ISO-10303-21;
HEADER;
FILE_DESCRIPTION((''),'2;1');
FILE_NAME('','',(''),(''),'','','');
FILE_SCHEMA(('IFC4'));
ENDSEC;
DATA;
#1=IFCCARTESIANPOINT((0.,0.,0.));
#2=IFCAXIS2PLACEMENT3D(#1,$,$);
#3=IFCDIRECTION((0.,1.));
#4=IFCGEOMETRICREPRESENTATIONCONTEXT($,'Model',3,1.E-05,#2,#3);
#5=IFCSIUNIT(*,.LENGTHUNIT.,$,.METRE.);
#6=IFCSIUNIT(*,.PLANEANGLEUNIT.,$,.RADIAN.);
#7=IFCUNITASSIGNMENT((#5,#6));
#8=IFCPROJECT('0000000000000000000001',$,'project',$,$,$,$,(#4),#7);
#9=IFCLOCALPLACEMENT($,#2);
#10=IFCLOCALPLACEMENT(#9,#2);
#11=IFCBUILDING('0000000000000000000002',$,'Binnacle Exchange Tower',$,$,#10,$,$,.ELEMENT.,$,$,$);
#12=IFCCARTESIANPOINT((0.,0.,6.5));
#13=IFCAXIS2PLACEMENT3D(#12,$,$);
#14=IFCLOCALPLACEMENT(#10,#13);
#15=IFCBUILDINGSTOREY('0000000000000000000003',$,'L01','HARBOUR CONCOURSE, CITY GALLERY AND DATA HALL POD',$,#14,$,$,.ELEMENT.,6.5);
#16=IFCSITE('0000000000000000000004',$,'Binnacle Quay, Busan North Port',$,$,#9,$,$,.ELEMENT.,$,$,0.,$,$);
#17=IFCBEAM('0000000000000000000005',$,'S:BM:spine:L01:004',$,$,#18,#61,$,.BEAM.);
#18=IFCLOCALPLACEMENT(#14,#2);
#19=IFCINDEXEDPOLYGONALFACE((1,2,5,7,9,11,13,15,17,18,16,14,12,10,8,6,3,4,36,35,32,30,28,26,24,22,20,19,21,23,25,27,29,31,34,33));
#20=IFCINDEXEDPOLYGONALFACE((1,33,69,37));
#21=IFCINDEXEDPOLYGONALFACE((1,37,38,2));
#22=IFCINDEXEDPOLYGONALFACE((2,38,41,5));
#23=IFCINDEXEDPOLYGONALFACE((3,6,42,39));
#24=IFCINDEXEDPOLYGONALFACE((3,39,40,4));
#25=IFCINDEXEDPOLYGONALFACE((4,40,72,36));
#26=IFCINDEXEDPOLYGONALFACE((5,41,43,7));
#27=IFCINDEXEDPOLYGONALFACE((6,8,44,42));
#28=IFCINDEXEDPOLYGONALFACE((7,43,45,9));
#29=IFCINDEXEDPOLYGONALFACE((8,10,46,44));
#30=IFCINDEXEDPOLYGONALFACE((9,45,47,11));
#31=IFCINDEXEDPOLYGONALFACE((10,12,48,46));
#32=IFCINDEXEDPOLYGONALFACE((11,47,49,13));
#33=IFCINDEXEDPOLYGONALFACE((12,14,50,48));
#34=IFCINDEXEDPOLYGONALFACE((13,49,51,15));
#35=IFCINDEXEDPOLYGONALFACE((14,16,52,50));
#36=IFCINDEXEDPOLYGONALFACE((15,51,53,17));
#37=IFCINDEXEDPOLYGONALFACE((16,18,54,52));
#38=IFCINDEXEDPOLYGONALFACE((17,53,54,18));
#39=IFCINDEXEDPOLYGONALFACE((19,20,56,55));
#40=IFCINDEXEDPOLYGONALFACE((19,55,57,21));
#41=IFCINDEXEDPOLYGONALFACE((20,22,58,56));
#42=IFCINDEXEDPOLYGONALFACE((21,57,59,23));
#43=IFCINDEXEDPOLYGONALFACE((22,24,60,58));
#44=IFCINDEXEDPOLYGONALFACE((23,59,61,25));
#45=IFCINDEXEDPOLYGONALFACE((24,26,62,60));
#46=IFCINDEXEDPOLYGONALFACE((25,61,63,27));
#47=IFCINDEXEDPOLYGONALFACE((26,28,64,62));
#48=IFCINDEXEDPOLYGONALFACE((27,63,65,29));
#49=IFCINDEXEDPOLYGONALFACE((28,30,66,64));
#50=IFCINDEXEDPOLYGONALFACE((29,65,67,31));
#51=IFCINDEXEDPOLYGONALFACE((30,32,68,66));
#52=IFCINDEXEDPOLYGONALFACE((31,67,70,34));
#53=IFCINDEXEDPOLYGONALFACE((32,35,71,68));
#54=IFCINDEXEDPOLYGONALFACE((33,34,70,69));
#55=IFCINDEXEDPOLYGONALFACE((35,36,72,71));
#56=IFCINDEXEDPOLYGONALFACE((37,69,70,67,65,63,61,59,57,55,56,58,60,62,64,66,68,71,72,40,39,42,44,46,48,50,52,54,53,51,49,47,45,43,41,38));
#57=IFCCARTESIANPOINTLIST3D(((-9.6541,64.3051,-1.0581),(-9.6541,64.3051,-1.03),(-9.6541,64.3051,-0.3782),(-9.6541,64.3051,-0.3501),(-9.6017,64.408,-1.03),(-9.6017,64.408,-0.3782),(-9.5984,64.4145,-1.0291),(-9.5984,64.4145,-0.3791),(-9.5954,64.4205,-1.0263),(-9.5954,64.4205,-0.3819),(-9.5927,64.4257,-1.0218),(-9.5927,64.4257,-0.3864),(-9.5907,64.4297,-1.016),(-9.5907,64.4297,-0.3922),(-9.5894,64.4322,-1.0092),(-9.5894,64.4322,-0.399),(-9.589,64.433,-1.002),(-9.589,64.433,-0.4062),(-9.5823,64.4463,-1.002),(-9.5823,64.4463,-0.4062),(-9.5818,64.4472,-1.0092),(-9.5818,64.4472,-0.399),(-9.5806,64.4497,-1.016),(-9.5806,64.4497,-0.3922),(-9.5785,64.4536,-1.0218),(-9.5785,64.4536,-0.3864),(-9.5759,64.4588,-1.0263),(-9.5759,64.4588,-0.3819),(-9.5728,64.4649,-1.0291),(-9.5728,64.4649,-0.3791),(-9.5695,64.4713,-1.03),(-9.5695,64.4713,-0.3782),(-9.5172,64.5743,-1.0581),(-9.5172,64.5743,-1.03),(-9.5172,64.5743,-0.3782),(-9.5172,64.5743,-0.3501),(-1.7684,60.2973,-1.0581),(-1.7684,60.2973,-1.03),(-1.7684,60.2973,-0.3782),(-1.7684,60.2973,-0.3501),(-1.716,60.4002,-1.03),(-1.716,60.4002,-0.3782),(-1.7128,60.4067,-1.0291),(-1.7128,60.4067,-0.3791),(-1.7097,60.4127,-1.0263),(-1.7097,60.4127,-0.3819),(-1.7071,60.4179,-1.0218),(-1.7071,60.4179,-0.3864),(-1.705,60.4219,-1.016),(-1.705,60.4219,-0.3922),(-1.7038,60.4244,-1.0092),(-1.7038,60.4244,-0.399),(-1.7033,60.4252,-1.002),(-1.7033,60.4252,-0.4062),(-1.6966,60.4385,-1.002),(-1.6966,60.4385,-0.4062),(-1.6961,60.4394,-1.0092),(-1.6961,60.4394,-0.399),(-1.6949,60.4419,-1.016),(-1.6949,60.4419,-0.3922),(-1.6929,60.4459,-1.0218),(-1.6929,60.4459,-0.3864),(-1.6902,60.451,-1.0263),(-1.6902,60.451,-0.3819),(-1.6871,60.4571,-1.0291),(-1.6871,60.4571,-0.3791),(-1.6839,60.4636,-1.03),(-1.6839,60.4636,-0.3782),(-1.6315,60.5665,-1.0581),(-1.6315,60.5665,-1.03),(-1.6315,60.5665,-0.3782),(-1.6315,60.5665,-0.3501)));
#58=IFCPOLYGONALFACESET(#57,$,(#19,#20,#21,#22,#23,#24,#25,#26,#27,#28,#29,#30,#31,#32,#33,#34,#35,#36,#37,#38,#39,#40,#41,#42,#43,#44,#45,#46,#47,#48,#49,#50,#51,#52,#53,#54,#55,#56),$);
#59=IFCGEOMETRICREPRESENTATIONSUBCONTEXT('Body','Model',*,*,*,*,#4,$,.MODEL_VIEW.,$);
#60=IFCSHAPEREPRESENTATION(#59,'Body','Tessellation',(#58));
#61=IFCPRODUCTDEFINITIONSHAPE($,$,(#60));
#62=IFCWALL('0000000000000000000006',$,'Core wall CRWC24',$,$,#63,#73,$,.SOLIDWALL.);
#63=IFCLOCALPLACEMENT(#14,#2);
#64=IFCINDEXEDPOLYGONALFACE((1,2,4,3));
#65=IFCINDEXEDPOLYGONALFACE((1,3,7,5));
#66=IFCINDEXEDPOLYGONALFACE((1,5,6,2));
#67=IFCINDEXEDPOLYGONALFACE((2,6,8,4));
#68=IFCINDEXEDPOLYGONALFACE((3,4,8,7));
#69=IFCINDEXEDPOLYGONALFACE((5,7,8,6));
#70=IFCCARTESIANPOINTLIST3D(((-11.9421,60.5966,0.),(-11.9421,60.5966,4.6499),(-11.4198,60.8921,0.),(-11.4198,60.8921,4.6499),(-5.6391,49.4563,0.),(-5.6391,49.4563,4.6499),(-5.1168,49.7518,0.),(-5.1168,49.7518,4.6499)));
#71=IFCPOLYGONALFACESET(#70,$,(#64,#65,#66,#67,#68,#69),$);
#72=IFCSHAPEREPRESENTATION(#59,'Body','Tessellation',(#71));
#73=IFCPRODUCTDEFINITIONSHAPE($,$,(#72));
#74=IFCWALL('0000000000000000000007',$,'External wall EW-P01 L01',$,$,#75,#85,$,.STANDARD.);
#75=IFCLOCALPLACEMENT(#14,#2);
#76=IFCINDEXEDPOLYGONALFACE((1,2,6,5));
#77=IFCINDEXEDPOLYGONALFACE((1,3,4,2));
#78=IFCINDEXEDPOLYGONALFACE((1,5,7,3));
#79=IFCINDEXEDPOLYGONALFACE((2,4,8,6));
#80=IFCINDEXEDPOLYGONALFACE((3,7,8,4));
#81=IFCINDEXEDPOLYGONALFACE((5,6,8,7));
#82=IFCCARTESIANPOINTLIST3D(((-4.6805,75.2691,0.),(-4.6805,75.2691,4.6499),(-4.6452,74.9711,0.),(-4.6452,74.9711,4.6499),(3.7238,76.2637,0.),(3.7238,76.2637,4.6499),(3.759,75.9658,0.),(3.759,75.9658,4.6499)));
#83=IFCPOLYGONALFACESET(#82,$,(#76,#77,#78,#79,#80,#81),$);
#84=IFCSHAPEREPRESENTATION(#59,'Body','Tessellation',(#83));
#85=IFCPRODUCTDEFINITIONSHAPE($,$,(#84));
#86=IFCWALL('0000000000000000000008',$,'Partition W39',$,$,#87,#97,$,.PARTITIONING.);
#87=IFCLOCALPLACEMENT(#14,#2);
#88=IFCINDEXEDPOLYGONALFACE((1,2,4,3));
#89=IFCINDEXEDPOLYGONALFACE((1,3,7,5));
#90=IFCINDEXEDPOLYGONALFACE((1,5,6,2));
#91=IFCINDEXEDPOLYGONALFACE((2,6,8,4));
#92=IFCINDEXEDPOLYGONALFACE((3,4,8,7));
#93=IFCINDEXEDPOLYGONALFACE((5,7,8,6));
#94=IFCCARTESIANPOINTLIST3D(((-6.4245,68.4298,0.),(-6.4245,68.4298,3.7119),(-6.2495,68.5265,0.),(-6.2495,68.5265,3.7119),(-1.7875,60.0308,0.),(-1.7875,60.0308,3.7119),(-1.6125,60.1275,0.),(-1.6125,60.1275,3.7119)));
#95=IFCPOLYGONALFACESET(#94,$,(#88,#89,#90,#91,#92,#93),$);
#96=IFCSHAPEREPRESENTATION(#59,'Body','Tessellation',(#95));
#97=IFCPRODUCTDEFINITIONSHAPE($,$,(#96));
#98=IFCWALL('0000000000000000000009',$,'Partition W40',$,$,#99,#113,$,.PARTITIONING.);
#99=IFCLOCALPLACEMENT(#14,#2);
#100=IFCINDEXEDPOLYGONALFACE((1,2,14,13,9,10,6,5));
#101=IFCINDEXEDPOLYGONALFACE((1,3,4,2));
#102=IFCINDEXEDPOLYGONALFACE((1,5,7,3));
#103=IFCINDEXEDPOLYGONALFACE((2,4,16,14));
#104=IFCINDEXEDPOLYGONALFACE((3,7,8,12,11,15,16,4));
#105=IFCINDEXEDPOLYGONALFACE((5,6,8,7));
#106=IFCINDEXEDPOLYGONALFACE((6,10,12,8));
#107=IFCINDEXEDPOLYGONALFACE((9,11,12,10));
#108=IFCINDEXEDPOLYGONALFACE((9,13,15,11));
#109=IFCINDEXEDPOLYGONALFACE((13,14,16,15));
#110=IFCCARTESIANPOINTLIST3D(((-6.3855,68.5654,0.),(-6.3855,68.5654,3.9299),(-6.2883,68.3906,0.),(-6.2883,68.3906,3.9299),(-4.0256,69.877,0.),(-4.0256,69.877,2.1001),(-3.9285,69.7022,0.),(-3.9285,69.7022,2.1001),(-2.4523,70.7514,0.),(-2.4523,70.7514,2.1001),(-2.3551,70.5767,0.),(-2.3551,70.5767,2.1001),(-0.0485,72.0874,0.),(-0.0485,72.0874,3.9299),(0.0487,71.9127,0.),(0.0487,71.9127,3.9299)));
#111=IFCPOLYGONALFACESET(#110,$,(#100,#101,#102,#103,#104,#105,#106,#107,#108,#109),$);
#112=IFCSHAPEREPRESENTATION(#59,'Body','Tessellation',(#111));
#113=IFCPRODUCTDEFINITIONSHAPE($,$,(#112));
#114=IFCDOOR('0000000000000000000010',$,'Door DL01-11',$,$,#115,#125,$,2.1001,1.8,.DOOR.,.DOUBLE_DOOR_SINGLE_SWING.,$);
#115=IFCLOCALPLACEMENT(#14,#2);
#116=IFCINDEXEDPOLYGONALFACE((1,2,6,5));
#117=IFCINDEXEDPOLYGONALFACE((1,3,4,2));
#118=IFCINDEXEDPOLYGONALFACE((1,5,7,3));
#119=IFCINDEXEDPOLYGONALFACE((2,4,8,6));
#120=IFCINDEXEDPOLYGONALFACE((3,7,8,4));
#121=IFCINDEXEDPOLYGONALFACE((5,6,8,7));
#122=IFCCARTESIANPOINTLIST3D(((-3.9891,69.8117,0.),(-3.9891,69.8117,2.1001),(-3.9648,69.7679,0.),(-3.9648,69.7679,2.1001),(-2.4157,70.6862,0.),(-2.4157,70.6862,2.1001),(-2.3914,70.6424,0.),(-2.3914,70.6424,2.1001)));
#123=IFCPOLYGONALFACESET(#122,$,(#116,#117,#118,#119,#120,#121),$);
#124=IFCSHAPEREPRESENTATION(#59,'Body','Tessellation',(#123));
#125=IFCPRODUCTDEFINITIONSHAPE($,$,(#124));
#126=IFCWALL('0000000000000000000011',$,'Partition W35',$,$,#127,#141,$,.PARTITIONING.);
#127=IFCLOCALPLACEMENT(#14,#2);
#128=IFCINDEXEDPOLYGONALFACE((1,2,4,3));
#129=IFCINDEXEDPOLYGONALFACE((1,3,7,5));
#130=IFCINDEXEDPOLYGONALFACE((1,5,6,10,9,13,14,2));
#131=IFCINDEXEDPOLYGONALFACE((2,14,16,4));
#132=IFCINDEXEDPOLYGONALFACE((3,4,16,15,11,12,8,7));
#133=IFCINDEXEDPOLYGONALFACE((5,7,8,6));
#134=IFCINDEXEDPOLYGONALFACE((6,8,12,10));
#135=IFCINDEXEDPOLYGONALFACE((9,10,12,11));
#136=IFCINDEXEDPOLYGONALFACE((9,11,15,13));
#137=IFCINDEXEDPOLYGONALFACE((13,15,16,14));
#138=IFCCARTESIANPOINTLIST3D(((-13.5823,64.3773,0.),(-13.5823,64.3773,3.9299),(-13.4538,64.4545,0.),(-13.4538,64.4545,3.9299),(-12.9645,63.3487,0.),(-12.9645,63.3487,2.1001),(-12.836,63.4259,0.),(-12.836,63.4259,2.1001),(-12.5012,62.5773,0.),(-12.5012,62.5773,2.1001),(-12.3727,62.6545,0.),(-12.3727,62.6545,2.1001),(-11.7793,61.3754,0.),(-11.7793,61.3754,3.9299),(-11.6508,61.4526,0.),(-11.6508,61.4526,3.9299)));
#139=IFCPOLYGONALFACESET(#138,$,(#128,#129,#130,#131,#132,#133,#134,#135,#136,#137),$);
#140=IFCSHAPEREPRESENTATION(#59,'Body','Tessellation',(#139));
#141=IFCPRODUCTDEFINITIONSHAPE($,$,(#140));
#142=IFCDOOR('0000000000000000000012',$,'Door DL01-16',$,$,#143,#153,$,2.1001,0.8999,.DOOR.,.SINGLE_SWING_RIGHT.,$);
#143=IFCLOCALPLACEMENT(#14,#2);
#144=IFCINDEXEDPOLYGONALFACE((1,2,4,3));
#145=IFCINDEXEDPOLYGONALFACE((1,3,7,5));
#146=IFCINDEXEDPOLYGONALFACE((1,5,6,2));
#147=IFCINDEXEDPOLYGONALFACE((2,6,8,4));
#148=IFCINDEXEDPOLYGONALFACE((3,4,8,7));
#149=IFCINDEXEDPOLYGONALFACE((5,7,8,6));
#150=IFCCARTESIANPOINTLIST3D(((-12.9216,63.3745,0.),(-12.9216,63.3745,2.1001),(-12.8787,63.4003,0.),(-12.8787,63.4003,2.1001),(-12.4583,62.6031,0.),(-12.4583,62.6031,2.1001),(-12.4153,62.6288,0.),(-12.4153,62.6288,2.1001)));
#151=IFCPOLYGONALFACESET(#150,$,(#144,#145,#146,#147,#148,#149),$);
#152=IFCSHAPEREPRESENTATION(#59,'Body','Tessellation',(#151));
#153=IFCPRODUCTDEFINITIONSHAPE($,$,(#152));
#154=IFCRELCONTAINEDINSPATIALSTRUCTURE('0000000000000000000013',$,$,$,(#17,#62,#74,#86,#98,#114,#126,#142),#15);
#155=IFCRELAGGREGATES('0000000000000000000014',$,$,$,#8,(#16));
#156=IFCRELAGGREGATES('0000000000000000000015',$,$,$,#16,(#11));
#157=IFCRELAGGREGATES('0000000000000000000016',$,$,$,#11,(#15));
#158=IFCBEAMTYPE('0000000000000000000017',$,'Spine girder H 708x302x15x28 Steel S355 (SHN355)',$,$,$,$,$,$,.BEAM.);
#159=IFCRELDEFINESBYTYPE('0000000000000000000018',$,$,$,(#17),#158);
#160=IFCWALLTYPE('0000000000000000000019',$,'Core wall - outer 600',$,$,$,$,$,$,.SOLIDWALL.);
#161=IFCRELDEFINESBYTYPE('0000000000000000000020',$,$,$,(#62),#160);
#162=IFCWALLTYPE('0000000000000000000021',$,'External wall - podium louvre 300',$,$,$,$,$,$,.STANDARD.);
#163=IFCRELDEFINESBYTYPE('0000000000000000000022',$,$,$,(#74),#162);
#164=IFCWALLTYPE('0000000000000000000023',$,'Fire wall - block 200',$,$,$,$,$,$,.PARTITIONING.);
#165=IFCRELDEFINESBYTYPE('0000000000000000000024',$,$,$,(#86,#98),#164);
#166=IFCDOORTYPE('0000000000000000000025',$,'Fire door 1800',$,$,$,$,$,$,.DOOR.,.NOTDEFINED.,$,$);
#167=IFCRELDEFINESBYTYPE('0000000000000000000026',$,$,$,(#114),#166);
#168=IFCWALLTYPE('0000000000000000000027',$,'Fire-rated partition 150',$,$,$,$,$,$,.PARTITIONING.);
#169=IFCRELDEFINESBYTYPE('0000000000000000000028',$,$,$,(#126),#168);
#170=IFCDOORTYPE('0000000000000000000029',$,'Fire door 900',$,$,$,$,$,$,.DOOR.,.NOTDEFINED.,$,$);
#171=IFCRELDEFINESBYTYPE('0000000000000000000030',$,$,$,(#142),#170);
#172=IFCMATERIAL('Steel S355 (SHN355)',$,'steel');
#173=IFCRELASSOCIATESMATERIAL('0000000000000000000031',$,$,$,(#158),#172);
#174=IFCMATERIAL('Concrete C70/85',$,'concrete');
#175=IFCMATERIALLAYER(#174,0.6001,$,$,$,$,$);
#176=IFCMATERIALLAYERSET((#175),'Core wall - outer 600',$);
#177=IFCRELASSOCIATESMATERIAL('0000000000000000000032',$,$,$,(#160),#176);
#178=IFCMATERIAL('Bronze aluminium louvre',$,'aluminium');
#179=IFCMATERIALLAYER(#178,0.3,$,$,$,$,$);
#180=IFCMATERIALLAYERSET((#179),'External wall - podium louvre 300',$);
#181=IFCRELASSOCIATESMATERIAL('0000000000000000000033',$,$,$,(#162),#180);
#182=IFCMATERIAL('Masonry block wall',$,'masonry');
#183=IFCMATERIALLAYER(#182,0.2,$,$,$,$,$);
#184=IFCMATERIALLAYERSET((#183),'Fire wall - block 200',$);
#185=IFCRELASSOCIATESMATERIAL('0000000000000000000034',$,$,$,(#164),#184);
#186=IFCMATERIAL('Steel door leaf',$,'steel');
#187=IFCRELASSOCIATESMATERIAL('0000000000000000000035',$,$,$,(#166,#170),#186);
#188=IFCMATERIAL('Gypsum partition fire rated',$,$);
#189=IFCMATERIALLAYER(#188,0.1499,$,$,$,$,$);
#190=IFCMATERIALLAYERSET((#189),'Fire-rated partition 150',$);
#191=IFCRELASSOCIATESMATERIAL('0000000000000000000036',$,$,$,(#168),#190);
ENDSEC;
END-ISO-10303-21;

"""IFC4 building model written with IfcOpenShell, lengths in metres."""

from ifc_helpers import new_model, si_unit, direction, frame, frame_2d, origin, origin_2d, place, context, subcontext, project, spatial, rectangle, i_section, extrude, material, layer, layer_set, material_profile, profile_set, type_object, element, fill, save


model = new_model("IFC4")

# Units and contexts
model_context = context("Model", 3, precision=1e-05, world=origin(), true_north=direction((0.0, 1.0)))
body_context = subcontext(model_context, "Body", "Model", "MODEL_VIEW")
ifc_project = project(units=[si_unit("LENGTHUNIT", "METRE"), si_unit("PLANEANGLEUNIT", "RADIAN")], contexts=[model_context])

# Site, building, storey
site_placement = place(None, origin())
site = spatial("IfcSite", under=ifc_project, at=site_placement, Name="Binnacle Quay, Busan North Port", CompositionType="ELEMENT", RefElevation=0.0)
building_placement = place(site_placement, origin())
building = spatial("IfcBuilding", under=site, at=building_placement, Name="Binnacle Exchange Tower", CompositionType="ELEMENT")
storey_placement = place(building_placement, frame((0.0, 0.0, 6.5)))
storey = spatial("IfcBuildingStorey", under=building, at=storey_placement, Name="L01", Description="HARBOUR CONCOURSE, CITY GALLERY AND DATA HALL POD", CompositionType="ELEMENT", Elevation=6.5)

# Shared definitions
ifc_material_1 = material(Name="Concrete C70/85", Category="concrete")

# Beam
ifc_material_2 = material(Name="Steel S355 (SHN355)", Category="steel")
ifc_material_profile_1 = material_profile(ifc_material_2, i_section(OverallWidth=0.302, OverallDepth=0.708, WebThickness=0.0149, FlangeThickness=0.0281, FilletRadius=0.0281, at=origin_2d()), Name="H 708x302x15x28")
ifc_profile_set_1 = profile_set([ifc_material_profile_1], Name="Steel S355 (SHN355)")
beam_type_1 = type_object("IfcBeamType", Name="Spine girder H 708x302x15x28 Steel S355 (SHN355)", PredefinedType="BEAM", material=ifc_profile_set_1)
beam_1_placement = place(storey_placement, frame((-1.7, 60.4319, -0.7041), z_axis=(-0.891471, 0.453077, 0.0), x_axis=(-0.453077, -0.891471, 0.0)))
element("IfcBeam", 1, at=beam_1_placement, inside=storey, type_object=beam_type_1, Name="S:BM:spine:L01:004", PredefinedType="BEAM", context=body_context, shape_type="SweptSolid", body=[
    extrude(i_section(OverallWidth=0.302, OverallDepth=0.708, WebThickness=0.0149, FlangeThickness=0.0281, FilletRadius=0.0281, at=origin_2d()), origin(), (0.0, 0.0, 1.0), 8.8457),
])

# Walls
ifc_layer_1 = layer(ifc_material_1, 0.6001)
ifc_layer_set_1 = layer_set([ifc_layer_1], Name="Core wall - outer 600")
wall_type_1 = type_object("IfcWallType", Name="Core wall - outer 600", PredefinedType="SOLIDWALL", material=ifc_layer_set_1)
wall_1_placement = place(storey_placement, frame((-11.6809, 60.7444, 0.0), z_axis=(0.0, 0.0, 1.0), x_axis=(0.492427, -0.870354, 0.0)))
element("IfcWall", 2, at=wall_1_placement, inside=storey, type_object=wall_type_1, Name="Core wall CRWC24", PredefinedType="SOLIDWALL", context=body_context, shape_type="SweptSolid", body=[
    extrude(rectangle(XDim=12.7998, YDim=0.6001, at=frame_2d((6.3999, 0.0))), origin(), (0.0, 0.0, 1.0), 4.6499),
])
ifc_material_3 = material(Name="Bronze aluminium louvre", Category="aluminium")
ifc_layer_2 = layer(ifc_material_3, 0.3)
ifc_layer_set_2 = layer_set([ifc_layer_2], Name="External wall - podium louvre 300")
wall_type_2 = type_object("IfcWallType", Name="External wall - podium louvre 300", PredefinedType="STANDARD", material=ifc_layer_set_2)
wall_2_placement = place(storey_placement, frame((-4.6628, 75.1201, 0.0), z_axis=(0.0, 0.0, 1.0), x_axis=(0.99307, 0.117527, 0.0)))
element("IfcWall", 3, at=wall_2_placement, inside=storey, type_object=wall_type_2, Name="External wall EW-P01 L01", PredefinedType="STANDARD", context=body_context, shape_type="SweptSolid", body=[
    extrude(rectangle(XDim=8.4629, YDim=0.3, at=frame_2d((4.2314, 0.0))), origin(), (0.0, 0.0, 1.0), 4.6499),
])
ifc_material_4 = material(Name="Masonry block wall", Category="masonry")
ifc_layer_3 = layer(ifc_material_4, 0.2)
ifc_layer_set_3 = layer_set([ifc_layer_3], Name="Fire wall - block 200")
wall_type_3 = type_object("IfcWallType", Name="Fire wall - block 200", PredefinedType="PARTITIONING", material=ifc_layer_set_3)
wall_3_placement = place(storey_placement, frame((-6.3369, 68.478, 0.0), z_axis=(0.0, 0.0, 1.0), x_axis=(0.483323, -0.875442, 0.0)))
element("IfcWall", 4, at=wall_3_placement, inside=storey, type_object=wall_type_3, Name="Partition W39", PredefinedType="PARTITIONING", context=body_context, shape_type="SweptSolid", body=[
    extrude(rectangle(XDim=9.594, YDim=0.2, at=frame_2d((4.7969, 0.0))), origin(), (0.0, 0.0, 1.0), 3.7119),
])

# Walls, openings, doors
wall_4_placement = place(storey_placement, frame((-6.3369, 68.478, 0.0), z_axis=(0.0, 0.0, 1.0), x_axis=(0.874071, 0.485797, 0.0)))
wall_4 = element("IfcWall", 5, at=wall_4_placement, inside=storey, type_object=wall_type_3, Name="Partition W40", PredefinedType="PARTITIONING", context=body_context, shape_type="SweptSolid", body=[
    extrude(rectangle(XDim=7.25, YDim=0.2, at=frame_2d((3.625, 0.0))), origin(), (0.0, 0.0, 1.0), 3.9299),
])
opening_1_placement = place(wall_4_placement, frame((2.7, 0.0, 0.0)))
opening_1 = element("IfcOpeningElement", 6, at=opening_1_placement, cuts=wall_4, PredefinedType="OPENING", context=body_context, shape_type="SweptSolid", body=[
    extrude(rectangle(XDim=1.8, YDim=2.1001, at=frame_2d((0.8999, 1.05))), frame((0.0, 0.1099, 0.0), z_axis=(0.0, -1.0, 0.0), x_axis=(1.0, 0.0, 0.0)), (0.0, 0.0, 1.0), 0.22),
])
ifc_material_5 = material(Name="Steel door leaf", Category="steel")
door_type_1 = type_object("IfcDoorType", Name="Fire door 1800", OperationType="NOTDEFINED", PredefinedType="DOOR", material=ifc_material_5)
door_1_placement = place(opening_1_placement, frame((1.8, 0.0, 0.0), z_axis=(0.0, 0.0, 1.0), x_axis=(-1.0, 0.0, 0.0)))
door_1 = element("IfcDoor", 7, at=door_1_placement, inside=storey, type_object=door_type_1, Name="Door DL01-11", OperationType="DOUBLE_DOOR_SINGLE_SWING", OverallHeight=2.1001, OverallWidth=1.8, PredefinedType="DOOR", context=body_context, shape_type="SweptSolid", body=[
    extrude(rectangle(XDim=1.8, YDim=2.1001, at=frame_2d((0.8999, 1.05))), frame((0.0, 0.0249, 0.0), z_axis=(0.0, -1.0, 0.0), x_axis=(1.0, 0.0, 0.0)), (0.0, 0.0, 1.0), 0.05),
])
fill(opening_1, door_1)
ifc_material_6 = material(Name="Gypsum partition fire rated")
ifc_layer_4 = layer(ifc_material_6, 0.1499)
ifc_layer_set_4 = layer_set([ifc_layer_4], Name="Fire-rated partition 150")
wall_type_4 = type_object("IfcWallType", Name="Fire-rated partition 150", PredefinedType="PARTITIONING", material=ifc_layer_set_4)
wall_5_placement = place(storey_placement, frame((-13.5181, 64.416, 0.0), z_axis=(0.0, 0.0, 1.0), x_axis=(0.514875, -0.857265, 0.0)))
wall_5 = element("IfcWall", 8, at=wall_5_placement, inside=storey, type_object=wall_type_4, Name="Partition W35", PredefinedType="PARTITIONING", context=body_context, shape_type="SweptSolid", body=[
    extrude(rectangle(XDim=3.5017, YDim=0.1499, at=frame_2d((1.751, 0.0))), origin(), (0.0, 0.0, 1.0), 3.9299),
])
opening_2_placement = place(wall_5_placement, frame((1.2, 0.0, 0.0)))
opening_2 = element("IfcOpeningElement", 9, at=opening_2_placement, cuts=wall_5, PredefinedType="OPENING", context=body_context, shape_type="SweptSolid", body=[
    extrude(rectangle(XDim=0.8999, YDim=2.1001, at=frame_2d((0.45, 1.05))), frame((0.0, 0.085, 0.0), z_axis=(0.0, -1.0, 0.0), x_axis=(1.0, 0.0, 0.0)), (0.0, 0.0, 1.0), 0.1699),
])
door_type_2 = type_object("IfcDoorType", Name="Fire door 900", OperationType="NOTDEFINED", PredefinedType="DOOR", material=ifc_material_5)
door_2_placement = place(opening_2_placement, frame((0.8999, 0.0, 0.0), z_axis=(0.0, 0.0, 1.0), x_axis=(-1.0, 0.0, 0.0)))
door_2 = element("IfcDoor", 10, at=door_2_placement, inside=storey, type_object=door_type_2, Name="Door DL01-16", OperationType="SINGLE_SWING_RIGHT", OverallHeight=2.1001, OverallWidth=0.8999, PredefinedType="DOOR", context=body_context, shape_type="SweptSolid", body=[
    extrude(rectangle(XDim=0.8999, YDim=2.1001, at=frame_2d((0.45, 1.05))), frame((0.0, 0.0249, 0.0), z_axis=(0.0, -1.0, 0.0), x_axis=(1.0, 0.0, 0.0)), (0.0, 0.0, 1.0), 0.05),
])
fill(opening_2, door_2)

save(model, "model.ifc")
